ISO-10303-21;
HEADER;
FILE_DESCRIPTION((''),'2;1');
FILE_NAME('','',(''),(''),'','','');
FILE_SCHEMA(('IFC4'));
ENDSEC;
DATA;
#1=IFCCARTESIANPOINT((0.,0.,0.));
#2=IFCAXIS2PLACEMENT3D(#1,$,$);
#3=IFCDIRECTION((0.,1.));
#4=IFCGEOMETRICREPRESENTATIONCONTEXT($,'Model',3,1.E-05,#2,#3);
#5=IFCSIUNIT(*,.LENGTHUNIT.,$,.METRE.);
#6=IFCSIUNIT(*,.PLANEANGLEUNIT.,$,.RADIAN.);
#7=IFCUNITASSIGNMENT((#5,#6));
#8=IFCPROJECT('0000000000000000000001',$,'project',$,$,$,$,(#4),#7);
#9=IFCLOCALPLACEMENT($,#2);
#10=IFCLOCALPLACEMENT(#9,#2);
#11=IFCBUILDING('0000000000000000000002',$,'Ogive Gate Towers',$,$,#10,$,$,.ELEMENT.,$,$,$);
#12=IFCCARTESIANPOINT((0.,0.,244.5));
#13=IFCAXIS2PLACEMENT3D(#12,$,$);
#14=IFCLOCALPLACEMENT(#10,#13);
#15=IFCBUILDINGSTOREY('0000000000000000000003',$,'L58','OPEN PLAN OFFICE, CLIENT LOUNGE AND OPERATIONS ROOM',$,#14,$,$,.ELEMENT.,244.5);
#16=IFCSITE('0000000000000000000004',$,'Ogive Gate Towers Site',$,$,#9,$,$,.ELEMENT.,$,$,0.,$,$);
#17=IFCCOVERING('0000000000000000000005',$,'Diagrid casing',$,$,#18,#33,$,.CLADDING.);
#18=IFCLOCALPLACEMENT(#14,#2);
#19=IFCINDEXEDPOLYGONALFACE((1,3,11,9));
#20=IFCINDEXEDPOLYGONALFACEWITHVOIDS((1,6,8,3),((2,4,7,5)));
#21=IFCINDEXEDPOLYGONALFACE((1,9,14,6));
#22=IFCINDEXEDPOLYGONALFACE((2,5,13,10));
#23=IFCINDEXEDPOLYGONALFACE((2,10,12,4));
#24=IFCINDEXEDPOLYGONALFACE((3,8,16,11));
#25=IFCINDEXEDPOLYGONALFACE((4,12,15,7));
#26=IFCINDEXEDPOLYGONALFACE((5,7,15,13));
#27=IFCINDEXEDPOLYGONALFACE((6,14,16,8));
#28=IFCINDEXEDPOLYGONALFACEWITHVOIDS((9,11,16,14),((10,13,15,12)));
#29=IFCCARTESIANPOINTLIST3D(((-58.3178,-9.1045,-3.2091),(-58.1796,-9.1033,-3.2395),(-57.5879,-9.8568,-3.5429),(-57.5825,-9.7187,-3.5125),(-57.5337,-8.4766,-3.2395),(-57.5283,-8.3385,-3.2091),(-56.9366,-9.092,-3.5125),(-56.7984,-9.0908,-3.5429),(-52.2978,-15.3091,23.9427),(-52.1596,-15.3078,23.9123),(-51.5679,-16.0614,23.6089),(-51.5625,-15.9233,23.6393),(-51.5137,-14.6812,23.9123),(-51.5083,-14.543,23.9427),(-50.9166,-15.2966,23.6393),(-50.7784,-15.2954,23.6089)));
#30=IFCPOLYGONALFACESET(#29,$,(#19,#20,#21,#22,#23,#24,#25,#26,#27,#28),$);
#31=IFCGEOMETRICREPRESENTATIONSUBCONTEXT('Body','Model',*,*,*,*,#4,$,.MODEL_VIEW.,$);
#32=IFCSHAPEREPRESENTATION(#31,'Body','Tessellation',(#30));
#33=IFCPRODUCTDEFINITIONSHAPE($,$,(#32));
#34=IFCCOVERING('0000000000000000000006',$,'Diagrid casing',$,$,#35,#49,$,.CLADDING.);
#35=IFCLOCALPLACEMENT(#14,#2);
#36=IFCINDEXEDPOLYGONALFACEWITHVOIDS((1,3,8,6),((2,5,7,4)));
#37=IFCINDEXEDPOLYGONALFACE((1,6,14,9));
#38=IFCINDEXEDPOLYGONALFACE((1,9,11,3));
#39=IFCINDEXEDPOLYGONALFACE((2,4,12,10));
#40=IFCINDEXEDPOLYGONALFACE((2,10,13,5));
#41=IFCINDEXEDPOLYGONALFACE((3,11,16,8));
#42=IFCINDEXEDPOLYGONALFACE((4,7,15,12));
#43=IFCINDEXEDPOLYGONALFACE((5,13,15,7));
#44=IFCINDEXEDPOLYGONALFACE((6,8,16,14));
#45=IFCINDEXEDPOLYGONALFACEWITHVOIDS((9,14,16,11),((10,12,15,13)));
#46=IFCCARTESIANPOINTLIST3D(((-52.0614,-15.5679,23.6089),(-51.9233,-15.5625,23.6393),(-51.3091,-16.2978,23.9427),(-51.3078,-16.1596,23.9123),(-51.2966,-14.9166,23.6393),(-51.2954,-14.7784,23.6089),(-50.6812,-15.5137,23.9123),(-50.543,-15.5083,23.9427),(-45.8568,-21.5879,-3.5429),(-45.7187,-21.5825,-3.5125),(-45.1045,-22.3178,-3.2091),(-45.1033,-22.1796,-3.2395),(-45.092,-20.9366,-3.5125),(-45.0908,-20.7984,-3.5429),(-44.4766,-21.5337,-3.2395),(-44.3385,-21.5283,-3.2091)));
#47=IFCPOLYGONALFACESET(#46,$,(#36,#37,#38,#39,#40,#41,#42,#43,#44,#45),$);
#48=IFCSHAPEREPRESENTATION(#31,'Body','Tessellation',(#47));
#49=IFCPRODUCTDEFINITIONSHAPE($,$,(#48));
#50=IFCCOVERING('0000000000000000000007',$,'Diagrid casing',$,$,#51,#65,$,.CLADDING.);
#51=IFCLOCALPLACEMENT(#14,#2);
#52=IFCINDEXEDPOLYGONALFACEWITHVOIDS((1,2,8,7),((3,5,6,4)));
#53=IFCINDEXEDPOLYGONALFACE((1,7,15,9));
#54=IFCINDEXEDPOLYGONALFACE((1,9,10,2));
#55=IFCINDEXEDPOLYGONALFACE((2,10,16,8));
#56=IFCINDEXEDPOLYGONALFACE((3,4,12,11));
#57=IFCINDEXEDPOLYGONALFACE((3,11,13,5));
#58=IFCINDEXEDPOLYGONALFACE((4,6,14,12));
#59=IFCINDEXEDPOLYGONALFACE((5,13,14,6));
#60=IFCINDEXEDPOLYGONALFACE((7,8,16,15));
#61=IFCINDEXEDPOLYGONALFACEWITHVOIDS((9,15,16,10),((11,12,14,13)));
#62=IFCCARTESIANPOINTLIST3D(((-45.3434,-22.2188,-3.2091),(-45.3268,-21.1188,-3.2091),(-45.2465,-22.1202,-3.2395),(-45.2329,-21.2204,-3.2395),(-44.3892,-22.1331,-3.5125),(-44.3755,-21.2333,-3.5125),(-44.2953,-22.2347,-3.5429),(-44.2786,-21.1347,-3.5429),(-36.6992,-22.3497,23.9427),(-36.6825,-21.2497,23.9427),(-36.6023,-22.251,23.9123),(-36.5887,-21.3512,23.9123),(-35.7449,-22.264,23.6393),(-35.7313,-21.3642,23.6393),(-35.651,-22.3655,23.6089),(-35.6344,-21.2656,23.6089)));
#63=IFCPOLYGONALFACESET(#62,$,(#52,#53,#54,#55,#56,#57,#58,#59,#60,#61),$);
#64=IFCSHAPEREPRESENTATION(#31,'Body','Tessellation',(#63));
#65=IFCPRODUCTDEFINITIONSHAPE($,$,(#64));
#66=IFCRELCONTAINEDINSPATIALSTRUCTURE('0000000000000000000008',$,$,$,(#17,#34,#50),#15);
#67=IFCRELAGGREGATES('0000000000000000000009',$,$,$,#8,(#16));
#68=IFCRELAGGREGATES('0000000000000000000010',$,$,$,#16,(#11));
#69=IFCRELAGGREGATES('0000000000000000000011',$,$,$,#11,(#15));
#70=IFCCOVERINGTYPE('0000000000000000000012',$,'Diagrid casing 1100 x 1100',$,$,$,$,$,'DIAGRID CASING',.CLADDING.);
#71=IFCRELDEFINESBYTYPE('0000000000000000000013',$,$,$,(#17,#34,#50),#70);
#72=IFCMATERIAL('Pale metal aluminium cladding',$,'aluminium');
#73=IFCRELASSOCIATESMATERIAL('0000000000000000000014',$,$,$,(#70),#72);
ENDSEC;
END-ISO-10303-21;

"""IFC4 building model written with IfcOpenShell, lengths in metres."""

from ifc_helpers import new_model, si_unit, direction, frame, origin, origin_2d, place, context, subcontext, project, spatial, hollow_rectangle, extrude, material, material_profile, profile_set, type_object, element, save


model = new_model("IFC4")

# Units and contexts
model_context = context("Model", 3, precision=1e-05, world=origin(), true_north=direction((0.0, 1.0)))
body_context = subcontext(model_context, "Body", "Model", "MODEL_VIEW")
ifc_project = project(units=[si_unit("LENGTHUNIT", "METRE"), si_unit("PLANEANGLEUNIT", "RADIAN")], contexts=[model_context])

# Site, building, storey
site_placement = place(None, origin())
site = spatial("IfcSite", under=ifc_project, at=site_placement, Name="Ogive Gate Towers Site", CompositionType="ELEMENT", RefElevation=0.0)
building_placement = place(site_placement, origin())
building = spatial("IfcBuilding", under=site, at=building_placement, Name="Ogive Gate Towers", CompositionType="ELEMENT")
storey_placement = place(building_placement, frame((0.0, 0.0, 244.5)))
storey = spatial("IfcBuildingStorey", under=building, at=storey_placement, Name="L58", Description="OPEN PLAN OFFICE, CLIENT LOUNGE AND OPERATIONS ROOM", CompositionType="ELEMENT", Elevation=244.5)

# Coverings
ifc_material_1 = material(Name="Pale metal aluminium cladding", Category="aluminium")
ifc_material_profile_1 = material_profile(ifc_material_1, hollow_rectangle(XDim=1.1001, YDim=1.1001, WallThickness=0.1001, at=origin_2d()), Name="1100 x 1100 pale metal casing")
ifc_profile_set_1 = profile_set([ifc_material_profile_1], Name="Pale metal aluminium cladding")
covering_type_1 = type_object("IfcCoveringType", Name="Diagrid casing 1100 x 1100", ElementType="DIAGRID CASING", PredefinedType="CLADDING", material=ifc_profile_set_1)
for number, where, z_axis, x_axis, name in (
    (1, (-57.5581, -9.0977, -3.376), (0.211266, -0.217744, 0.952866), (0.717701, 0.696351, 0.0), "Diagrid casing"),
    (2, (-45.0977, -21.5581, -3.376), (-0.217744, 0.211266, 0.952866), (-0.696351, -0.717701, 0.0), "Diagrid casing"),
    (3, (-44.811, -21.6768, -3.376), (0.303362, -0.004592, 0.952864), (0.015137, 0.999885, 0.0), "Diagrid casing"),
):
    element("IfcCovering", number, at=place(storey_placement, frame(where, z_axis=z_axis, x_axis=x_axis)), inside=storey, type_object=covering_type_1, Name=name, PredefinedType="CLADDING", context=body_context, shape_type="SweptSolid", body=[
        extrude(hollow_rectangle(XDim=1.1001, YDim=1.1001, WallThickness=0.1001, at=origin_2d()), origin(), (0.0, 0.0, 1.0), 28.4949),
    ])

save(model, "model.ifc")
